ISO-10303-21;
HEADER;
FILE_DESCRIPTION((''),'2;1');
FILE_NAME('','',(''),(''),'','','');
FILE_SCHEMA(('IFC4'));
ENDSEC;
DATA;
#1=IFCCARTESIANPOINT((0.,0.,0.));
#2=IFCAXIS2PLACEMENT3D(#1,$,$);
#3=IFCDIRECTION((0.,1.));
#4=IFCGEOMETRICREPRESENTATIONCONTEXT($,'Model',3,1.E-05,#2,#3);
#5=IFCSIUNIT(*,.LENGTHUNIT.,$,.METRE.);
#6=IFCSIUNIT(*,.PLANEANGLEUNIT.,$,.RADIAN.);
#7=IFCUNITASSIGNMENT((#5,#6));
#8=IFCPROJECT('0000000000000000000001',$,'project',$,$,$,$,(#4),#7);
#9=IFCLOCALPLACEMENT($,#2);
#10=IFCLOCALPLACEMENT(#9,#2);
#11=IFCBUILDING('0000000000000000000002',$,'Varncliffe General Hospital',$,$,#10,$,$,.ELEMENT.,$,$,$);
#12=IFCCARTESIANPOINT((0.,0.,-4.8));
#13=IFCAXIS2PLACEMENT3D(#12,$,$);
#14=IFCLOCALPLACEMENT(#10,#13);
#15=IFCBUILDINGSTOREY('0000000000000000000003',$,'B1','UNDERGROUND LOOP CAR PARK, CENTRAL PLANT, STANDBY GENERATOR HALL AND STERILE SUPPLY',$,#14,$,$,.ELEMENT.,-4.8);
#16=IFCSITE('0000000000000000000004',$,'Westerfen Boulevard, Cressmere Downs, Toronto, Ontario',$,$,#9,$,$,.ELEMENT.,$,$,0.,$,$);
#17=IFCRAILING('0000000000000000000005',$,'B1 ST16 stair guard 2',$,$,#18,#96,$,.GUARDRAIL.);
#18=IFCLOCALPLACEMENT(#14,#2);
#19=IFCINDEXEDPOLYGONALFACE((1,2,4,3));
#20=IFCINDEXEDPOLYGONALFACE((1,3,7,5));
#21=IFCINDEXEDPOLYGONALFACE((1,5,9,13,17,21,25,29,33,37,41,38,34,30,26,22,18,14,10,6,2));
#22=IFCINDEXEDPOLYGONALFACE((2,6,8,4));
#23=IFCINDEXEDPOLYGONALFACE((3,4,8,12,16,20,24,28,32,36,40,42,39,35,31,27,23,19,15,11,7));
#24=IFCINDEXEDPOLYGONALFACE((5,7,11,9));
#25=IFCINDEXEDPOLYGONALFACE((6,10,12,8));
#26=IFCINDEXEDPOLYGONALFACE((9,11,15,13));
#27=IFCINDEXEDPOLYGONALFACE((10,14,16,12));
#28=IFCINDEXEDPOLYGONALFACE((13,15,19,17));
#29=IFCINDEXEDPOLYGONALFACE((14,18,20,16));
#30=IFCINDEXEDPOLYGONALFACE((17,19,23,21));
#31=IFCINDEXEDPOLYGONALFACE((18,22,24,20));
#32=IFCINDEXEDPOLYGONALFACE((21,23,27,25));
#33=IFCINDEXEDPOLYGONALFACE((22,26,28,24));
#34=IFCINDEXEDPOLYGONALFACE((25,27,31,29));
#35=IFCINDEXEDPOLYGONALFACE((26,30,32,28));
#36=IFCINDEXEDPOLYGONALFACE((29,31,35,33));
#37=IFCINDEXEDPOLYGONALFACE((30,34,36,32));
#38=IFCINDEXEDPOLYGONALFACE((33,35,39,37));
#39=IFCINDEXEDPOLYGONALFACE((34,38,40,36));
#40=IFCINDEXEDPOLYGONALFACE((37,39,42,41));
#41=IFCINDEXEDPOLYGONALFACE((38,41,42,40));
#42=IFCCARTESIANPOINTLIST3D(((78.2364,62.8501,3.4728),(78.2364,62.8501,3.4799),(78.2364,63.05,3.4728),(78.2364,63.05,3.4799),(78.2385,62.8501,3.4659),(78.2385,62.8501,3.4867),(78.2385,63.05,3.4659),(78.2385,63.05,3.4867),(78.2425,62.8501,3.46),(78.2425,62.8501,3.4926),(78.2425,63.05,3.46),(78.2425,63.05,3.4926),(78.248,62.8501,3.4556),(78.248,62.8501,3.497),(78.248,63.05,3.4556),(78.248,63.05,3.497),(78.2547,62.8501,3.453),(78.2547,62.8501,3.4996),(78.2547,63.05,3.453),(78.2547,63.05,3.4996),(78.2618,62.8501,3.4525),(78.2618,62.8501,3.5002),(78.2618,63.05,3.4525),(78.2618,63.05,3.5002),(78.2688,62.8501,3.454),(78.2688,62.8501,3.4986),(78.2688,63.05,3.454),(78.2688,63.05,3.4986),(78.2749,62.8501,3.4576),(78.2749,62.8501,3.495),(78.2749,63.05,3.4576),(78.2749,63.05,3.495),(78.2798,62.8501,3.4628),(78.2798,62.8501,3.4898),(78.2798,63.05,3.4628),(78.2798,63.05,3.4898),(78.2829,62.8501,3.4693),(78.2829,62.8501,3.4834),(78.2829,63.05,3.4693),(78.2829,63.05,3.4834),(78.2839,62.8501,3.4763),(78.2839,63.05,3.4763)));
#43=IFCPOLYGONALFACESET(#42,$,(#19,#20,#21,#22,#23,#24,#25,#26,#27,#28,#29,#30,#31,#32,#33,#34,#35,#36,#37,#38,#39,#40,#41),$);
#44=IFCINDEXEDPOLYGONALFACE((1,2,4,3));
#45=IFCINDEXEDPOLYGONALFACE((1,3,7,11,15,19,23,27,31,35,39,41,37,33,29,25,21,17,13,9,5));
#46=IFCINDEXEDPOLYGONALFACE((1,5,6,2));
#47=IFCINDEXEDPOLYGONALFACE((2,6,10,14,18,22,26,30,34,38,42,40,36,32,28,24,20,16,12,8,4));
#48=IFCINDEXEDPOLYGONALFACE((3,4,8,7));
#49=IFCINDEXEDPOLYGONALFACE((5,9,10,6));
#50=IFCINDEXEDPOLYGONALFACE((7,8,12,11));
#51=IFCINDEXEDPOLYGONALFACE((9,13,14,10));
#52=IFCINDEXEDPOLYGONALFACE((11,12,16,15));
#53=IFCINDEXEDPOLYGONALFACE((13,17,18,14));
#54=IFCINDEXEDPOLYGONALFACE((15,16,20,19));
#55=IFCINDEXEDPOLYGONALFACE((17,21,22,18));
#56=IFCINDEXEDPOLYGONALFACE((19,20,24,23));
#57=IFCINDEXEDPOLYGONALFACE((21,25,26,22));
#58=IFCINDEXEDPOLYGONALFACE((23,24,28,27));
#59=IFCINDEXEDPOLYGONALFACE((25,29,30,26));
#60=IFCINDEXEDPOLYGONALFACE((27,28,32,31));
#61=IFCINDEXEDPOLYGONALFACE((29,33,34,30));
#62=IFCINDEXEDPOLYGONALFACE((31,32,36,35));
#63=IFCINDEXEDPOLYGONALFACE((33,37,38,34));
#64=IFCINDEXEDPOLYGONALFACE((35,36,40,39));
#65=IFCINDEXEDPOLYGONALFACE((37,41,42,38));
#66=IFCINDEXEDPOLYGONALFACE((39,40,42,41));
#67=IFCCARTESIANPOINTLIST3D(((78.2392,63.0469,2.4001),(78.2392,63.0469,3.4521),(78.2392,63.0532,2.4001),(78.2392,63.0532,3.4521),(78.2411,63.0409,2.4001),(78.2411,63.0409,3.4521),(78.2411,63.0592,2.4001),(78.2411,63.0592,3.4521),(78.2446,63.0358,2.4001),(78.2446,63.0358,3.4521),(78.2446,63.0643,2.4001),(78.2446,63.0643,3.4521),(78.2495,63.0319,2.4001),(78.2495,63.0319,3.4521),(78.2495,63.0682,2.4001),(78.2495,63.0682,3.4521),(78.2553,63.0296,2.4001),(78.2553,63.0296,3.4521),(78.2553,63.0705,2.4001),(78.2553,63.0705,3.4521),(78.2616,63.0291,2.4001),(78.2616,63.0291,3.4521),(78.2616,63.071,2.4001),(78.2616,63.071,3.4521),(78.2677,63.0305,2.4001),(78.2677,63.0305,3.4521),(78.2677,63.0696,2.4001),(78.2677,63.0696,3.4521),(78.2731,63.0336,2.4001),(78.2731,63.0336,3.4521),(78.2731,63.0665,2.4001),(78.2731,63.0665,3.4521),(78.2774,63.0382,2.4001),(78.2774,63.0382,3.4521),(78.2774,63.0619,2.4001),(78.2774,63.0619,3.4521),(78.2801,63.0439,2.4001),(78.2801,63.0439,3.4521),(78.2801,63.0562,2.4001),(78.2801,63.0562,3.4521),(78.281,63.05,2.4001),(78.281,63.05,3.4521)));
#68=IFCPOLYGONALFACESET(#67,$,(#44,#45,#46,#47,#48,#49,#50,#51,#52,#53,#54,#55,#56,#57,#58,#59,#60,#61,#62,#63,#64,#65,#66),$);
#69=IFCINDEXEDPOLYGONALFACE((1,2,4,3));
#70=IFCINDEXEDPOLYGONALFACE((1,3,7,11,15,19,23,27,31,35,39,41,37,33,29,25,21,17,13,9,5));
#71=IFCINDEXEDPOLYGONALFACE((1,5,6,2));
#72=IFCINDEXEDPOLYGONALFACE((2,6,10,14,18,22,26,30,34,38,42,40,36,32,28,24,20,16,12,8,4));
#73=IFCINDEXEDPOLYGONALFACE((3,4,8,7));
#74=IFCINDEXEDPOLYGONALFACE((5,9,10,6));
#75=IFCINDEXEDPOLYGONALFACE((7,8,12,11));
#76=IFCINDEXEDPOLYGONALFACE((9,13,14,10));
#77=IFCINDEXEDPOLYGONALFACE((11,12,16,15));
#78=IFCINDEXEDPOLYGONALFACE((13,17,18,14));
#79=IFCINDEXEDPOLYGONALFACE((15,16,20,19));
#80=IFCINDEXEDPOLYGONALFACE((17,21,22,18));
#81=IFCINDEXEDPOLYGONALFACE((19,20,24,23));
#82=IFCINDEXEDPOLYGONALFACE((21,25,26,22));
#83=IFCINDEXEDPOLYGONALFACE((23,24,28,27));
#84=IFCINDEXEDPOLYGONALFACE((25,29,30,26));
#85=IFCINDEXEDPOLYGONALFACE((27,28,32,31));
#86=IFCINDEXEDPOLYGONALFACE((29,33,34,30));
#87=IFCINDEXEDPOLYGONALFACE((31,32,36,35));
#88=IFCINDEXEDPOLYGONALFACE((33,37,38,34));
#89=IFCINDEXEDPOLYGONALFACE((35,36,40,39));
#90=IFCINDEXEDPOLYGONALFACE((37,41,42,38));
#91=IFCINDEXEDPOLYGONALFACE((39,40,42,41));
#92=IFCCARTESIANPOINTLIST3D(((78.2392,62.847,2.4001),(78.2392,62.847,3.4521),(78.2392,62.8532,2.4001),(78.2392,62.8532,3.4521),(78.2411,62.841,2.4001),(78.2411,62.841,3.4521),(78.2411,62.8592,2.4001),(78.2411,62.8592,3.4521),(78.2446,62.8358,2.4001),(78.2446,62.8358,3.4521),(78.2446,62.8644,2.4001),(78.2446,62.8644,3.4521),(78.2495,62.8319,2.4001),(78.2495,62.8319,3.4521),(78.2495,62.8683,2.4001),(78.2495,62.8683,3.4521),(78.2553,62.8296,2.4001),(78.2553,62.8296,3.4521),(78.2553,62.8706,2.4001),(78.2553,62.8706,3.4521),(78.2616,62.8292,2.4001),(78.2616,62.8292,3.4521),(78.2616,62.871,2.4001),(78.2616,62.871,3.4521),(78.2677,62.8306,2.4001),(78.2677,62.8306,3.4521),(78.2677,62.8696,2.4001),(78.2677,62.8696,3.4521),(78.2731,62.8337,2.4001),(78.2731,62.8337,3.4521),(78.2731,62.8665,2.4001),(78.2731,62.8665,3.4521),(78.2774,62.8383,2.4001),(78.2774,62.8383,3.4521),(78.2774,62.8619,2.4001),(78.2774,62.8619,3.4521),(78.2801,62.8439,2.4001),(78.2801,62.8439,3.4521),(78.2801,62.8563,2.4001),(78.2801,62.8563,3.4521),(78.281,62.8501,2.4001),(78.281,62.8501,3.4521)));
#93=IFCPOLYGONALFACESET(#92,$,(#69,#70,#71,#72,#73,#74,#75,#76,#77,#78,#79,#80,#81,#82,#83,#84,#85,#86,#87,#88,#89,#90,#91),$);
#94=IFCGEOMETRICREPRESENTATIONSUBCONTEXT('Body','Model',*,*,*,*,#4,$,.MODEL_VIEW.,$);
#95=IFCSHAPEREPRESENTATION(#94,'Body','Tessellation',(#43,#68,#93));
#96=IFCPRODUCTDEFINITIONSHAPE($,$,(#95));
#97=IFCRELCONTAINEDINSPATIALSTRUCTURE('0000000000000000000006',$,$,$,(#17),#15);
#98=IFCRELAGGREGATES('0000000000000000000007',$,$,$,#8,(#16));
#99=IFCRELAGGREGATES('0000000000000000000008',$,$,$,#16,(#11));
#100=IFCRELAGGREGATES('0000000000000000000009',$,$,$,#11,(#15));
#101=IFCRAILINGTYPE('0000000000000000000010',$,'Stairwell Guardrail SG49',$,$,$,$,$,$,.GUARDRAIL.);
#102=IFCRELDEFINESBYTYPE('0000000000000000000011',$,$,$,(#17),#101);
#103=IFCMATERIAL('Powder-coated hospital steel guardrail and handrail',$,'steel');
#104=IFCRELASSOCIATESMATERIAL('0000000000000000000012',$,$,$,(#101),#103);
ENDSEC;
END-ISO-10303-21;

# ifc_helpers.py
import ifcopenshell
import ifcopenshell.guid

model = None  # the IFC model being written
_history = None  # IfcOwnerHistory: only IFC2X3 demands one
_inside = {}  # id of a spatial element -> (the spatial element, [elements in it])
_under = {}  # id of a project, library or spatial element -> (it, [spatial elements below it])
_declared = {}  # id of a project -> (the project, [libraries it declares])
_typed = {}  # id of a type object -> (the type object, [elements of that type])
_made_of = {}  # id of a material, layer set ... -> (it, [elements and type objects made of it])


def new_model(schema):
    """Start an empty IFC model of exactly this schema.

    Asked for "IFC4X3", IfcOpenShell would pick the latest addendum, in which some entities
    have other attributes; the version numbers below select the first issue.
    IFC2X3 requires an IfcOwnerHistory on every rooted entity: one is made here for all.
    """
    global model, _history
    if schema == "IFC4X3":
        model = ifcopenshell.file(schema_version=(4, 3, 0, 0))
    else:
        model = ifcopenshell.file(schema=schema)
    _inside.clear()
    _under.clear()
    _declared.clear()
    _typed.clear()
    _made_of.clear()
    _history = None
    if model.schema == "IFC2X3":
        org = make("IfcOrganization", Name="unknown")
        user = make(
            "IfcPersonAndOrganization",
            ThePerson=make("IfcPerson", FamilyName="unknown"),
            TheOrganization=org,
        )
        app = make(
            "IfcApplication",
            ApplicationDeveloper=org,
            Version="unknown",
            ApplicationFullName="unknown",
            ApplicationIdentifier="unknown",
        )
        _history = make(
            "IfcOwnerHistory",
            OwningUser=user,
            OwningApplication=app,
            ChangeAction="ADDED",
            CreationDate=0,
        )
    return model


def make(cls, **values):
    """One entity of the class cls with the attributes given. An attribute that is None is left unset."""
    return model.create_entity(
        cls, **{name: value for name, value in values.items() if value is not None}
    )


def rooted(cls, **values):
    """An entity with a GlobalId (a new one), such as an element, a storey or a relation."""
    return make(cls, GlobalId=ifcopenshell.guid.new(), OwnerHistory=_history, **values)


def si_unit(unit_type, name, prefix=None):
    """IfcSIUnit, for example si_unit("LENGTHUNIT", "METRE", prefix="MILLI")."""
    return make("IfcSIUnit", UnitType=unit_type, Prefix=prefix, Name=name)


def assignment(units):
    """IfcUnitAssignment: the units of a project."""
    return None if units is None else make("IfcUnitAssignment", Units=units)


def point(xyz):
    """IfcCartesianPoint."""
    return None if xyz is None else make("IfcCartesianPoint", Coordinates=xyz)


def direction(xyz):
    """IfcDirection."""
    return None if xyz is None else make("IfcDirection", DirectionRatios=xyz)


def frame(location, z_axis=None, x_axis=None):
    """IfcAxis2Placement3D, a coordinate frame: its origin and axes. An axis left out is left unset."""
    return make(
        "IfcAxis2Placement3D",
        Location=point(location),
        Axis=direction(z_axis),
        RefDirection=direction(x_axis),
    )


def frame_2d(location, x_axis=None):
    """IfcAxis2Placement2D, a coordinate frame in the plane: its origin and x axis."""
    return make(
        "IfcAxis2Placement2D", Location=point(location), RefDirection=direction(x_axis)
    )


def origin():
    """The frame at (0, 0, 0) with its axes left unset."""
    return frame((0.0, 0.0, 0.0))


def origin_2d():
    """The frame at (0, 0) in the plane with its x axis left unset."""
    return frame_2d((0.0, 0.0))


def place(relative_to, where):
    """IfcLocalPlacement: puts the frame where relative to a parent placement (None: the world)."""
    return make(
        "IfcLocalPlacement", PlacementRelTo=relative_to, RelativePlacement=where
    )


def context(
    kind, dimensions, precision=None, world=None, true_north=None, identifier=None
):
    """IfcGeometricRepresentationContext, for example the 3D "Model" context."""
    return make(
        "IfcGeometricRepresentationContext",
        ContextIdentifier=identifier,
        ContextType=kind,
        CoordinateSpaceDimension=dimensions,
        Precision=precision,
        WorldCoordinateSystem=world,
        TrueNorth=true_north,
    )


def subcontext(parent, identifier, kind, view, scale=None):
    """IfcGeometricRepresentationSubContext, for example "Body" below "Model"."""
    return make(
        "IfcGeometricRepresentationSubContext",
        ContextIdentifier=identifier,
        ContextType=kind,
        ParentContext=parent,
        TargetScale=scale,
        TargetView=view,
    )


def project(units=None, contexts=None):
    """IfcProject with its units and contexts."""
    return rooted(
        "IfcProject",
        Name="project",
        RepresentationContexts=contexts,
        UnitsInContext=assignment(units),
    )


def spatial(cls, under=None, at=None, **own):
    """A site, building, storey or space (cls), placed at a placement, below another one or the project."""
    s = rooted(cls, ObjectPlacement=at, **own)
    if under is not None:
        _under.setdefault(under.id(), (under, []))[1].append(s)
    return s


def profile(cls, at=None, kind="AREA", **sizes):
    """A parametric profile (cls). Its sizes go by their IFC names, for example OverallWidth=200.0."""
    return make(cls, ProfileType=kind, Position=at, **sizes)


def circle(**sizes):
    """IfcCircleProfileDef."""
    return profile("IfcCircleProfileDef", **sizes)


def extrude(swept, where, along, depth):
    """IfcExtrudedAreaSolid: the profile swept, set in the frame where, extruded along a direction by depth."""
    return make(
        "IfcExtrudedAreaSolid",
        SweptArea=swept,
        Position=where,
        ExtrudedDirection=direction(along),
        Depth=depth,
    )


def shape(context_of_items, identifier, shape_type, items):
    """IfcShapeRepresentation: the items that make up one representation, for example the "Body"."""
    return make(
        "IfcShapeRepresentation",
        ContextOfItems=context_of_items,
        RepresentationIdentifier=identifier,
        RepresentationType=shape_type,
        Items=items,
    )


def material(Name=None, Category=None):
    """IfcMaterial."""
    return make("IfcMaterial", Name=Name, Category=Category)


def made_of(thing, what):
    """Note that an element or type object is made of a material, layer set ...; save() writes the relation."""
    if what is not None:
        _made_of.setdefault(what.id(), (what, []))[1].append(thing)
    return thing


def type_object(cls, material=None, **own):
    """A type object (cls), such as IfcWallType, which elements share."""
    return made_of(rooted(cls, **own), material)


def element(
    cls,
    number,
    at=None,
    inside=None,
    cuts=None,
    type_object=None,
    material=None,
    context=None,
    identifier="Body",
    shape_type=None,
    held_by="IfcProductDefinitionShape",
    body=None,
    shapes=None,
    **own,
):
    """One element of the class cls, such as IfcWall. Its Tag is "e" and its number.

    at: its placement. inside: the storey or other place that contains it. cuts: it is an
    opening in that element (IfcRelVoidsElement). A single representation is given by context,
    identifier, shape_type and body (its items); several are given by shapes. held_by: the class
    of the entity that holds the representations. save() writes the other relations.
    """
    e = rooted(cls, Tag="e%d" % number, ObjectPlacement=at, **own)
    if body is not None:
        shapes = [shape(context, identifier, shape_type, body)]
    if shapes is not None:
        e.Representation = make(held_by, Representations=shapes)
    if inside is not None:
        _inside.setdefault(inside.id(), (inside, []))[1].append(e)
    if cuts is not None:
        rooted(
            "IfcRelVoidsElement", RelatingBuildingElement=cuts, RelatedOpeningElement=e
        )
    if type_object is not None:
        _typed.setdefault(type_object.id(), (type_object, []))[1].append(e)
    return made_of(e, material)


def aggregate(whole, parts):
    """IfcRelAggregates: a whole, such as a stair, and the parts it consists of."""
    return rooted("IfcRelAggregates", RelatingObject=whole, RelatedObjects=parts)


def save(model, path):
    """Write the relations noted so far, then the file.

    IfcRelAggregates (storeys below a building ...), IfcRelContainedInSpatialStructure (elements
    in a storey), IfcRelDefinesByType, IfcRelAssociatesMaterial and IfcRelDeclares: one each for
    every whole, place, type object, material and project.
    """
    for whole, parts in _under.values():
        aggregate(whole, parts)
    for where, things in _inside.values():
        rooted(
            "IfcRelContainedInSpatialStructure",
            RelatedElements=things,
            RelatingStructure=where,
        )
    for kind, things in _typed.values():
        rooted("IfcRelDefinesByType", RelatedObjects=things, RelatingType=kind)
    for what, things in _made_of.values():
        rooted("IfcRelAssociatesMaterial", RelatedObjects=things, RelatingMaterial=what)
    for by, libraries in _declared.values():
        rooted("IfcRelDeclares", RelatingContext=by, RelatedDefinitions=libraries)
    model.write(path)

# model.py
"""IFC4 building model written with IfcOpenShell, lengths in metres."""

from ifc_helpers import new_model, si_unit, direction, frame, origin, origin_2d, place, context, subcontext, project, spatial, circle, extrude, material, type_object, element, save


model = new_model("IFC4")

# Units and contexts
model_context = context("Model", 3, precision=1e-05, world=origin(), true_north=direction((0.0, 1.0)))
body_context = subcontext(model_context, "Body", "Model", "MODEL_VIEW")
ifc_project = project(units=[si_unit("LENGTHUNIT", "METRE"), si_unit("PLANEANGLEUNIT", "RADIAN")], contexts=[model_context])

# Site, building, storey
site_placement = place(None, origin())
site = spatial("IfcSite", under=ifc_project, at=site_placement, Name="Westerfen Boulevard, Cressmere Downs, Toronto, Ontario", CompositionType="ELEMENT", RefElevation=0.0)
building_placement = place(site_placement, origin())
building = spatial("IfcBuilding", under=site, at=building_placement, Name="Varncliffe General Hospital", CompositionType="ELEMENT")
storey_placement = place(building_placement, frame((0.0, 0.0, -4.8)))
storey = spatial("IfcBuildingStorey", under=building, at=storey_placement, Name="B1", Description="UNDERGROUND LOOP CAR PARK, CENTRAL PLANT, STANDBY GENERATOR HALL AND STERILE SUPPLY", CompositionType="ELEMENT", Elevation=-4.8)

# Railing
ifc_material_1 = material(Name="Powder-coated hospital steel guardrail and handrail", Category="steel")
railing_type_1 = type_object("IfcRailingType", Name="Stairwell Guardrail SG49", PredefinedType="GUARDRAIL", material=ifc_material_1)
railing_1_placement = place(storey_placement, frame((78.26, 63.05, 2.4001)))
element("IfcRailing", 1, at=railing_1_placement, inside=storey, type_object=railing_type_1, Name="B1 ST16 stair guard 2", PredefinedType="GUARDRAIL", context=body_context, shape_type="SweptSolid", body=[
    extrude(circle(Radius=0.0239, at=origin_2d()), frame((0.0, 0.0, 1.0762), z_axis=(0.0, -1.0, 0.0), x_axis=(1.0, 0.0, 0.0)), (0.0, 0.0, 1.0), 0.2),
    extrude(circle(Radius=0.021, at=origin_2d()), origin(), (0.0, 0.0, 1.0), 1.052),
    extrude(circle(Radius=0.021, at=origin_2d()), frame((0.0, -0.2, 0.0)), (0.0, 0.0, 1.0), 1.052),
])

save(model, "model.ifc")
